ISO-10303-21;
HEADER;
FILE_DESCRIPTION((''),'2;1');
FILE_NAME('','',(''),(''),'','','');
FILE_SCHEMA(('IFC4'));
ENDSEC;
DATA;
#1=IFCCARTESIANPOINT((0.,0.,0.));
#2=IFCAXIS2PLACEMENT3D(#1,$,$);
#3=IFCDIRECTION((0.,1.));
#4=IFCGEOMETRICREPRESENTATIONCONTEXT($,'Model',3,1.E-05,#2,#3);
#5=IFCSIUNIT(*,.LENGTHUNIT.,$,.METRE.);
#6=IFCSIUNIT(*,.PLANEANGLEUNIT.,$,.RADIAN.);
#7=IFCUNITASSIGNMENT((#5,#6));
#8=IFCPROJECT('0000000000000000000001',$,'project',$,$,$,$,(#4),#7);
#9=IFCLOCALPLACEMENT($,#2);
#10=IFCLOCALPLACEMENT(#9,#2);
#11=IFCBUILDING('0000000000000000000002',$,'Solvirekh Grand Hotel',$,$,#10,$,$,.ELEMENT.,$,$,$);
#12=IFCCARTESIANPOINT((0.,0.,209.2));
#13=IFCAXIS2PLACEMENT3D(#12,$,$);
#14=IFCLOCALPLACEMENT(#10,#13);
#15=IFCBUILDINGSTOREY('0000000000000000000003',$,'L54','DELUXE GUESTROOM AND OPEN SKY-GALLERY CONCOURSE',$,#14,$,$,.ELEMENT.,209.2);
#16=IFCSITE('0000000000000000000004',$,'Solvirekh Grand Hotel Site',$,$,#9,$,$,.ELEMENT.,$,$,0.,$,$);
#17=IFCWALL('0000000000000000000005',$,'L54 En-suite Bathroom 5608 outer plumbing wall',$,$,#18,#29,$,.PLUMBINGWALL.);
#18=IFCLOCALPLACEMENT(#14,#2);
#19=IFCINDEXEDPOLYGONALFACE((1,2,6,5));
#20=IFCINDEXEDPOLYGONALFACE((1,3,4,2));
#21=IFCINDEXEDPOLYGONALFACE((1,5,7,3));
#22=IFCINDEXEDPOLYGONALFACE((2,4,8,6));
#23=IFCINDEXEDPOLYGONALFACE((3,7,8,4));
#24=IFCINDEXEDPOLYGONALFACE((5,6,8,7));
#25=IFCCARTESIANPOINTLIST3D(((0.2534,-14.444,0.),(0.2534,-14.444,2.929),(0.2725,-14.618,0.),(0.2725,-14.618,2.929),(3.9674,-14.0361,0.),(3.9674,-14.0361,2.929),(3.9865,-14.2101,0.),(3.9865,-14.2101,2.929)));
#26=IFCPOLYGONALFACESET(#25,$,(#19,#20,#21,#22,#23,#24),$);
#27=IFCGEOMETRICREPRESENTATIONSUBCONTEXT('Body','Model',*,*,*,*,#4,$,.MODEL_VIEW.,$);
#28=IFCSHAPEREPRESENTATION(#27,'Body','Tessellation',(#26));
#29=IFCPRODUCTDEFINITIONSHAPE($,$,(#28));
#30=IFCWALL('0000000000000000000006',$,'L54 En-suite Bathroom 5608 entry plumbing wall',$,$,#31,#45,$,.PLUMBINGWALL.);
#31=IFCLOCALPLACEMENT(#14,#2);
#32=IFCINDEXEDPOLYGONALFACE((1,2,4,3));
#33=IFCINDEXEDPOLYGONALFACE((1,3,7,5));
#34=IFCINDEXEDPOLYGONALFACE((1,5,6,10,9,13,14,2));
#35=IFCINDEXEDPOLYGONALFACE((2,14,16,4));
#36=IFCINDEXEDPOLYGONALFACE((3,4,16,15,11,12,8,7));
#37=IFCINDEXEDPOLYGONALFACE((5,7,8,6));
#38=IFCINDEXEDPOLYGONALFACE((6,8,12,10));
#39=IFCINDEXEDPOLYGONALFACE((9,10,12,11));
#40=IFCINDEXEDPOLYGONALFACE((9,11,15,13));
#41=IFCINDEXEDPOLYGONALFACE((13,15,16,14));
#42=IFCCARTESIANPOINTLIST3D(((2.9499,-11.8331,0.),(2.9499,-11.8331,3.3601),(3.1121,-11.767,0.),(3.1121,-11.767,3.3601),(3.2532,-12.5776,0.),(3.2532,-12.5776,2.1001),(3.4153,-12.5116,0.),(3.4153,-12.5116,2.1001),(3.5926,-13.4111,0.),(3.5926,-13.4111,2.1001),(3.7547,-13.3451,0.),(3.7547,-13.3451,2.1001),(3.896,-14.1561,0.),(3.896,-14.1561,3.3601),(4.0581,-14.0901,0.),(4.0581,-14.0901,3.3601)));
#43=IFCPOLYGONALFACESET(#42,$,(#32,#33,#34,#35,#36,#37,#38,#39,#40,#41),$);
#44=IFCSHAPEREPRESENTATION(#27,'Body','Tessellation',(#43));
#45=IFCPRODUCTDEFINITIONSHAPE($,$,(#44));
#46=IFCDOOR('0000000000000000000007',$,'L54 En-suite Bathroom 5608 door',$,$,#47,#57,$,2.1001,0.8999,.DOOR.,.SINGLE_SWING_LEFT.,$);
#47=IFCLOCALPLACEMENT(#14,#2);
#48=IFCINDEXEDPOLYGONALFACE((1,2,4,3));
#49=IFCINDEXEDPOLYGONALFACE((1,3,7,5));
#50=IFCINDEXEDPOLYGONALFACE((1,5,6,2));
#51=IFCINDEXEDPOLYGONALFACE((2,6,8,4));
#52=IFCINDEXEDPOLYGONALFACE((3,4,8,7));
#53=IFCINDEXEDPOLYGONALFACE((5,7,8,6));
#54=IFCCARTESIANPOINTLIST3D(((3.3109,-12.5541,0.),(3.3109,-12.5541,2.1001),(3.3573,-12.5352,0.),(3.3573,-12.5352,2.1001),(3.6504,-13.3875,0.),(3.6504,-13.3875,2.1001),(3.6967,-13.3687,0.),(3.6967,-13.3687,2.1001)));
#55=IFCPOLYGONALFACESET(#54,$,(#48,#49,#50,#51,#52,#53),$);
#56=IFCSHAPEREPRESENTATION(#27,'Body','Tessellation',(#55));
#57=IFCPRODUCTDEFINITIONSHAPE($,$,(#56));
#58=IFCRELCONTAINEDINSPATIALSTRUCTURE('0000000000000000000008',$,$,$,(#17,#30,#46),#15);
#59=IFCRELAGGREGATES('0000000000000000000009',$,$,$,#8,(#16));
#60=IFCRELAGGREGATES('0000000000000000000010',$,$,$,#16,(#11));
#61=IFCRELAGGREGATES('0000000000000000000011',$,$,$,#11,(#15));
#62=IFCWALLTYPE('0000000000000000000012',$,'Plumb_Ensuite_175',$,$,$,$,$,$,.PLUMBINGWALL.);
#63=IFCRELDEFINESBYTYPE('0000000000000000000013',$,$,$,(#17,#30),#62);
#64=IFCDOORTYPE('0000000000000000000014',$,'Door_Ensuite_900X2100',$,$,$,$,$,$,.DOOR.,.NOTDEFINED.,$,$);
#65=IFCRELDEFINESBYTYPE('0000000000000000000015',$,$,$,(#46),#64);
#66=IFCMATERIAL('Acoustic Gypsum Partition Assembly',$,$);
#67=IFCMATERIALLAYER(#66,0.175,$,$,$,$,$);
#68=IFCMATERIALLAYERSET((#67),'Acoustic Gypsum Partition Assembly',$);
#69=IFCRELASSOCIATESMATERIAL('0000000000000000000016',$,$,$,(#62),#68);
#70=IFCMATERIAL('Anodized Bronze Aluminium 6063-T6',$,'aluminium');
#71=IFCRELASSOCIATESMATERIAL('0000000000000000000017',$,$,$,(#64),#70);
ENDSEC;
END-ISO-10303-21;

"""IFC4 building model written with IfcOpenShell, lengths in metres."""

from ifc_helpers import new_model, si_unit, direction, frame, frame_2d, origin, place, context, subcontext, project, spatial, rectangle, extrude, material, layer, layer_set, type_object, element, fill, save


model = new_model("IFC4")

# Units and contexts
model_context = context("Model", 3, precision=1e-05, world=origin(), true_north=direction((0.0, 1.0)))
body_context = subcontext(model_context, "Body", "Model", "MODEL_VIEW")
ifc_project = project(units=[si_unit("LENGTHUNIT", "METRE"), si_unit("PLANEANGLEUNIT", "RADIAN")], contexts=[model_context])

# Site, building, storey
site_placement = place(None, origin())
site = spatial("IfcSite", under=ifc_project, at=site_placement, Name="Solvirekh Grand Hotel Site", CompositionType="ELEMENT", RefElevation=0.0)
building_placement = place(site_placement, origin())
building = spatial("IfcBuilding", under=site, at=building_placement, Name="Solvirekh Grand Hotel", CompositionType="ELEMENT")
storey_placement = place(building_placement, frame((0.0, 0.0, 209.2)))
storey = spatial("IfcBuildingStorey", under=building, at=storey_placement, Name="L54", Description="DELUXE GUESTROOM AND OPEN SKY-GALLERY CONCOURSE", CompositionType="ELEMENT", Elevation=209.2)

# Shared definitions
ifc_material_1 = material(Name="Anodized Bronze Aluminium 6063-T6", Category="aluminium")

# Shared definitions
ifc_material_2 = material(Name="Acoustic Gypsum Partition Assembly")

# Wall
ifc_layer_1 = layer(ifc_material_2, 0.175)
ifc_layer_set_1 = layer_set([ifc_layer_1], Name="Acoustic Gypsum Partition Assembly")
wall_type_1 = type_object("IfcWallType", Name="Plumb_Ensuite_175", PredefinedType="PLUMBINGWALL", material=ifc_layer_set_1)
wall_1_placement = place(storey_placement, frame((0.2629, -14.531, 0.0), z_axis=(0.0, 0.0, 1.0), x_axis=(0.994022, 0.109184, 0.0)))
element("IfcWall", 1, at=wall_1_placement, inside=storey, type_object=wall_type_1, Name="L54 En-suite Bathroom 5608 outer plumbing wall", PredefinedType="PLUMBINGWALL", context=body_context, shape_type="SweptSolid", body=[
    extrude(rectangle(XDim=3.7363, YDim=0.175, at=frame_2d((1.8682, 0.0))), origin(), (0.0, 0.0, 1.0), 2.929),
])

# Wall, opening, door
wall_2_placement = place(storey_placement, frame((3.031, -11.8, 0.0), z_axis=(0.0, 0.0, 1.0), x_axis=(0.377173, -0.926143, 0.0)))
wall_2 = element("IfcWall", 2, at=wall_2_placement, inside=storey, type_object=wall_type_1, Name="L54 En-suite Bathroom 5608 entry plumbing wall", PredefinedType="PLUMBINGWALL", context=body_context, shape_type="SweptSolid", body=[
    extrude(rectangle(XDim=2.5083, YDim=0.175, at=frame_2d((1.2542, 0.0))), origin(), (0.0, 0.0, 1.0), 3.3601),
])
opening_1_placement = place(wall_2_placement, frame((0.804, 0.0, 0.0)))
opening_1 = element("IfcOpeningElement", 3, at=opening_1_placement, cuts=wall_2, PredefinedType="OPENING", context=body_context, shape_type="SweptSolid", body=[
    extrude(rectangle(XDim=0.8999, YDim=2.1001, at=frame_2d((0.45, 1.05))), frame((0.0, 0.0977, 0.0), z_axis=(0.0, -1.0, 0.0), x_axis=(1.0, 0.0, 0.0)), (0.0, 0.0, 1.0), 0.1951),
])
door_type_1 = type_object("IfcDoorType", Name="Door_Ensuite_900X2100", OperationType="NOTDEFINED", PredefinedType="DOOR", material=ifc_material_1)
door_1_placement = place(opening_1_placement, origin())
door_1 = element("IfcDoor", 4, at=door_1_placement, inside=storey, type_object=door_type_1, Name="L54 En-suite Bathroom 5608 door", OperationType="SINGLE_SWING_LEFT", OverallHeight=2.1001, OverallWidth=0.8999, PredefinedType="DOOR", context=body_context, shape_type="SweptSolid", body=[
    extrude(rectangle(XDim=0.8999, YDim=2.1001, at=frame_2d((0.45, 1.05))), frame((0.0, 0.0249, 0.0), z_axis=(0.0, -1.0, 0.0), x_axis=(1.0, 0.0, 0.0)), (0.0, 0.0, 1.0), 0.05),
])
fill(opening_1, door_1)

save(model, "model.ifc")
